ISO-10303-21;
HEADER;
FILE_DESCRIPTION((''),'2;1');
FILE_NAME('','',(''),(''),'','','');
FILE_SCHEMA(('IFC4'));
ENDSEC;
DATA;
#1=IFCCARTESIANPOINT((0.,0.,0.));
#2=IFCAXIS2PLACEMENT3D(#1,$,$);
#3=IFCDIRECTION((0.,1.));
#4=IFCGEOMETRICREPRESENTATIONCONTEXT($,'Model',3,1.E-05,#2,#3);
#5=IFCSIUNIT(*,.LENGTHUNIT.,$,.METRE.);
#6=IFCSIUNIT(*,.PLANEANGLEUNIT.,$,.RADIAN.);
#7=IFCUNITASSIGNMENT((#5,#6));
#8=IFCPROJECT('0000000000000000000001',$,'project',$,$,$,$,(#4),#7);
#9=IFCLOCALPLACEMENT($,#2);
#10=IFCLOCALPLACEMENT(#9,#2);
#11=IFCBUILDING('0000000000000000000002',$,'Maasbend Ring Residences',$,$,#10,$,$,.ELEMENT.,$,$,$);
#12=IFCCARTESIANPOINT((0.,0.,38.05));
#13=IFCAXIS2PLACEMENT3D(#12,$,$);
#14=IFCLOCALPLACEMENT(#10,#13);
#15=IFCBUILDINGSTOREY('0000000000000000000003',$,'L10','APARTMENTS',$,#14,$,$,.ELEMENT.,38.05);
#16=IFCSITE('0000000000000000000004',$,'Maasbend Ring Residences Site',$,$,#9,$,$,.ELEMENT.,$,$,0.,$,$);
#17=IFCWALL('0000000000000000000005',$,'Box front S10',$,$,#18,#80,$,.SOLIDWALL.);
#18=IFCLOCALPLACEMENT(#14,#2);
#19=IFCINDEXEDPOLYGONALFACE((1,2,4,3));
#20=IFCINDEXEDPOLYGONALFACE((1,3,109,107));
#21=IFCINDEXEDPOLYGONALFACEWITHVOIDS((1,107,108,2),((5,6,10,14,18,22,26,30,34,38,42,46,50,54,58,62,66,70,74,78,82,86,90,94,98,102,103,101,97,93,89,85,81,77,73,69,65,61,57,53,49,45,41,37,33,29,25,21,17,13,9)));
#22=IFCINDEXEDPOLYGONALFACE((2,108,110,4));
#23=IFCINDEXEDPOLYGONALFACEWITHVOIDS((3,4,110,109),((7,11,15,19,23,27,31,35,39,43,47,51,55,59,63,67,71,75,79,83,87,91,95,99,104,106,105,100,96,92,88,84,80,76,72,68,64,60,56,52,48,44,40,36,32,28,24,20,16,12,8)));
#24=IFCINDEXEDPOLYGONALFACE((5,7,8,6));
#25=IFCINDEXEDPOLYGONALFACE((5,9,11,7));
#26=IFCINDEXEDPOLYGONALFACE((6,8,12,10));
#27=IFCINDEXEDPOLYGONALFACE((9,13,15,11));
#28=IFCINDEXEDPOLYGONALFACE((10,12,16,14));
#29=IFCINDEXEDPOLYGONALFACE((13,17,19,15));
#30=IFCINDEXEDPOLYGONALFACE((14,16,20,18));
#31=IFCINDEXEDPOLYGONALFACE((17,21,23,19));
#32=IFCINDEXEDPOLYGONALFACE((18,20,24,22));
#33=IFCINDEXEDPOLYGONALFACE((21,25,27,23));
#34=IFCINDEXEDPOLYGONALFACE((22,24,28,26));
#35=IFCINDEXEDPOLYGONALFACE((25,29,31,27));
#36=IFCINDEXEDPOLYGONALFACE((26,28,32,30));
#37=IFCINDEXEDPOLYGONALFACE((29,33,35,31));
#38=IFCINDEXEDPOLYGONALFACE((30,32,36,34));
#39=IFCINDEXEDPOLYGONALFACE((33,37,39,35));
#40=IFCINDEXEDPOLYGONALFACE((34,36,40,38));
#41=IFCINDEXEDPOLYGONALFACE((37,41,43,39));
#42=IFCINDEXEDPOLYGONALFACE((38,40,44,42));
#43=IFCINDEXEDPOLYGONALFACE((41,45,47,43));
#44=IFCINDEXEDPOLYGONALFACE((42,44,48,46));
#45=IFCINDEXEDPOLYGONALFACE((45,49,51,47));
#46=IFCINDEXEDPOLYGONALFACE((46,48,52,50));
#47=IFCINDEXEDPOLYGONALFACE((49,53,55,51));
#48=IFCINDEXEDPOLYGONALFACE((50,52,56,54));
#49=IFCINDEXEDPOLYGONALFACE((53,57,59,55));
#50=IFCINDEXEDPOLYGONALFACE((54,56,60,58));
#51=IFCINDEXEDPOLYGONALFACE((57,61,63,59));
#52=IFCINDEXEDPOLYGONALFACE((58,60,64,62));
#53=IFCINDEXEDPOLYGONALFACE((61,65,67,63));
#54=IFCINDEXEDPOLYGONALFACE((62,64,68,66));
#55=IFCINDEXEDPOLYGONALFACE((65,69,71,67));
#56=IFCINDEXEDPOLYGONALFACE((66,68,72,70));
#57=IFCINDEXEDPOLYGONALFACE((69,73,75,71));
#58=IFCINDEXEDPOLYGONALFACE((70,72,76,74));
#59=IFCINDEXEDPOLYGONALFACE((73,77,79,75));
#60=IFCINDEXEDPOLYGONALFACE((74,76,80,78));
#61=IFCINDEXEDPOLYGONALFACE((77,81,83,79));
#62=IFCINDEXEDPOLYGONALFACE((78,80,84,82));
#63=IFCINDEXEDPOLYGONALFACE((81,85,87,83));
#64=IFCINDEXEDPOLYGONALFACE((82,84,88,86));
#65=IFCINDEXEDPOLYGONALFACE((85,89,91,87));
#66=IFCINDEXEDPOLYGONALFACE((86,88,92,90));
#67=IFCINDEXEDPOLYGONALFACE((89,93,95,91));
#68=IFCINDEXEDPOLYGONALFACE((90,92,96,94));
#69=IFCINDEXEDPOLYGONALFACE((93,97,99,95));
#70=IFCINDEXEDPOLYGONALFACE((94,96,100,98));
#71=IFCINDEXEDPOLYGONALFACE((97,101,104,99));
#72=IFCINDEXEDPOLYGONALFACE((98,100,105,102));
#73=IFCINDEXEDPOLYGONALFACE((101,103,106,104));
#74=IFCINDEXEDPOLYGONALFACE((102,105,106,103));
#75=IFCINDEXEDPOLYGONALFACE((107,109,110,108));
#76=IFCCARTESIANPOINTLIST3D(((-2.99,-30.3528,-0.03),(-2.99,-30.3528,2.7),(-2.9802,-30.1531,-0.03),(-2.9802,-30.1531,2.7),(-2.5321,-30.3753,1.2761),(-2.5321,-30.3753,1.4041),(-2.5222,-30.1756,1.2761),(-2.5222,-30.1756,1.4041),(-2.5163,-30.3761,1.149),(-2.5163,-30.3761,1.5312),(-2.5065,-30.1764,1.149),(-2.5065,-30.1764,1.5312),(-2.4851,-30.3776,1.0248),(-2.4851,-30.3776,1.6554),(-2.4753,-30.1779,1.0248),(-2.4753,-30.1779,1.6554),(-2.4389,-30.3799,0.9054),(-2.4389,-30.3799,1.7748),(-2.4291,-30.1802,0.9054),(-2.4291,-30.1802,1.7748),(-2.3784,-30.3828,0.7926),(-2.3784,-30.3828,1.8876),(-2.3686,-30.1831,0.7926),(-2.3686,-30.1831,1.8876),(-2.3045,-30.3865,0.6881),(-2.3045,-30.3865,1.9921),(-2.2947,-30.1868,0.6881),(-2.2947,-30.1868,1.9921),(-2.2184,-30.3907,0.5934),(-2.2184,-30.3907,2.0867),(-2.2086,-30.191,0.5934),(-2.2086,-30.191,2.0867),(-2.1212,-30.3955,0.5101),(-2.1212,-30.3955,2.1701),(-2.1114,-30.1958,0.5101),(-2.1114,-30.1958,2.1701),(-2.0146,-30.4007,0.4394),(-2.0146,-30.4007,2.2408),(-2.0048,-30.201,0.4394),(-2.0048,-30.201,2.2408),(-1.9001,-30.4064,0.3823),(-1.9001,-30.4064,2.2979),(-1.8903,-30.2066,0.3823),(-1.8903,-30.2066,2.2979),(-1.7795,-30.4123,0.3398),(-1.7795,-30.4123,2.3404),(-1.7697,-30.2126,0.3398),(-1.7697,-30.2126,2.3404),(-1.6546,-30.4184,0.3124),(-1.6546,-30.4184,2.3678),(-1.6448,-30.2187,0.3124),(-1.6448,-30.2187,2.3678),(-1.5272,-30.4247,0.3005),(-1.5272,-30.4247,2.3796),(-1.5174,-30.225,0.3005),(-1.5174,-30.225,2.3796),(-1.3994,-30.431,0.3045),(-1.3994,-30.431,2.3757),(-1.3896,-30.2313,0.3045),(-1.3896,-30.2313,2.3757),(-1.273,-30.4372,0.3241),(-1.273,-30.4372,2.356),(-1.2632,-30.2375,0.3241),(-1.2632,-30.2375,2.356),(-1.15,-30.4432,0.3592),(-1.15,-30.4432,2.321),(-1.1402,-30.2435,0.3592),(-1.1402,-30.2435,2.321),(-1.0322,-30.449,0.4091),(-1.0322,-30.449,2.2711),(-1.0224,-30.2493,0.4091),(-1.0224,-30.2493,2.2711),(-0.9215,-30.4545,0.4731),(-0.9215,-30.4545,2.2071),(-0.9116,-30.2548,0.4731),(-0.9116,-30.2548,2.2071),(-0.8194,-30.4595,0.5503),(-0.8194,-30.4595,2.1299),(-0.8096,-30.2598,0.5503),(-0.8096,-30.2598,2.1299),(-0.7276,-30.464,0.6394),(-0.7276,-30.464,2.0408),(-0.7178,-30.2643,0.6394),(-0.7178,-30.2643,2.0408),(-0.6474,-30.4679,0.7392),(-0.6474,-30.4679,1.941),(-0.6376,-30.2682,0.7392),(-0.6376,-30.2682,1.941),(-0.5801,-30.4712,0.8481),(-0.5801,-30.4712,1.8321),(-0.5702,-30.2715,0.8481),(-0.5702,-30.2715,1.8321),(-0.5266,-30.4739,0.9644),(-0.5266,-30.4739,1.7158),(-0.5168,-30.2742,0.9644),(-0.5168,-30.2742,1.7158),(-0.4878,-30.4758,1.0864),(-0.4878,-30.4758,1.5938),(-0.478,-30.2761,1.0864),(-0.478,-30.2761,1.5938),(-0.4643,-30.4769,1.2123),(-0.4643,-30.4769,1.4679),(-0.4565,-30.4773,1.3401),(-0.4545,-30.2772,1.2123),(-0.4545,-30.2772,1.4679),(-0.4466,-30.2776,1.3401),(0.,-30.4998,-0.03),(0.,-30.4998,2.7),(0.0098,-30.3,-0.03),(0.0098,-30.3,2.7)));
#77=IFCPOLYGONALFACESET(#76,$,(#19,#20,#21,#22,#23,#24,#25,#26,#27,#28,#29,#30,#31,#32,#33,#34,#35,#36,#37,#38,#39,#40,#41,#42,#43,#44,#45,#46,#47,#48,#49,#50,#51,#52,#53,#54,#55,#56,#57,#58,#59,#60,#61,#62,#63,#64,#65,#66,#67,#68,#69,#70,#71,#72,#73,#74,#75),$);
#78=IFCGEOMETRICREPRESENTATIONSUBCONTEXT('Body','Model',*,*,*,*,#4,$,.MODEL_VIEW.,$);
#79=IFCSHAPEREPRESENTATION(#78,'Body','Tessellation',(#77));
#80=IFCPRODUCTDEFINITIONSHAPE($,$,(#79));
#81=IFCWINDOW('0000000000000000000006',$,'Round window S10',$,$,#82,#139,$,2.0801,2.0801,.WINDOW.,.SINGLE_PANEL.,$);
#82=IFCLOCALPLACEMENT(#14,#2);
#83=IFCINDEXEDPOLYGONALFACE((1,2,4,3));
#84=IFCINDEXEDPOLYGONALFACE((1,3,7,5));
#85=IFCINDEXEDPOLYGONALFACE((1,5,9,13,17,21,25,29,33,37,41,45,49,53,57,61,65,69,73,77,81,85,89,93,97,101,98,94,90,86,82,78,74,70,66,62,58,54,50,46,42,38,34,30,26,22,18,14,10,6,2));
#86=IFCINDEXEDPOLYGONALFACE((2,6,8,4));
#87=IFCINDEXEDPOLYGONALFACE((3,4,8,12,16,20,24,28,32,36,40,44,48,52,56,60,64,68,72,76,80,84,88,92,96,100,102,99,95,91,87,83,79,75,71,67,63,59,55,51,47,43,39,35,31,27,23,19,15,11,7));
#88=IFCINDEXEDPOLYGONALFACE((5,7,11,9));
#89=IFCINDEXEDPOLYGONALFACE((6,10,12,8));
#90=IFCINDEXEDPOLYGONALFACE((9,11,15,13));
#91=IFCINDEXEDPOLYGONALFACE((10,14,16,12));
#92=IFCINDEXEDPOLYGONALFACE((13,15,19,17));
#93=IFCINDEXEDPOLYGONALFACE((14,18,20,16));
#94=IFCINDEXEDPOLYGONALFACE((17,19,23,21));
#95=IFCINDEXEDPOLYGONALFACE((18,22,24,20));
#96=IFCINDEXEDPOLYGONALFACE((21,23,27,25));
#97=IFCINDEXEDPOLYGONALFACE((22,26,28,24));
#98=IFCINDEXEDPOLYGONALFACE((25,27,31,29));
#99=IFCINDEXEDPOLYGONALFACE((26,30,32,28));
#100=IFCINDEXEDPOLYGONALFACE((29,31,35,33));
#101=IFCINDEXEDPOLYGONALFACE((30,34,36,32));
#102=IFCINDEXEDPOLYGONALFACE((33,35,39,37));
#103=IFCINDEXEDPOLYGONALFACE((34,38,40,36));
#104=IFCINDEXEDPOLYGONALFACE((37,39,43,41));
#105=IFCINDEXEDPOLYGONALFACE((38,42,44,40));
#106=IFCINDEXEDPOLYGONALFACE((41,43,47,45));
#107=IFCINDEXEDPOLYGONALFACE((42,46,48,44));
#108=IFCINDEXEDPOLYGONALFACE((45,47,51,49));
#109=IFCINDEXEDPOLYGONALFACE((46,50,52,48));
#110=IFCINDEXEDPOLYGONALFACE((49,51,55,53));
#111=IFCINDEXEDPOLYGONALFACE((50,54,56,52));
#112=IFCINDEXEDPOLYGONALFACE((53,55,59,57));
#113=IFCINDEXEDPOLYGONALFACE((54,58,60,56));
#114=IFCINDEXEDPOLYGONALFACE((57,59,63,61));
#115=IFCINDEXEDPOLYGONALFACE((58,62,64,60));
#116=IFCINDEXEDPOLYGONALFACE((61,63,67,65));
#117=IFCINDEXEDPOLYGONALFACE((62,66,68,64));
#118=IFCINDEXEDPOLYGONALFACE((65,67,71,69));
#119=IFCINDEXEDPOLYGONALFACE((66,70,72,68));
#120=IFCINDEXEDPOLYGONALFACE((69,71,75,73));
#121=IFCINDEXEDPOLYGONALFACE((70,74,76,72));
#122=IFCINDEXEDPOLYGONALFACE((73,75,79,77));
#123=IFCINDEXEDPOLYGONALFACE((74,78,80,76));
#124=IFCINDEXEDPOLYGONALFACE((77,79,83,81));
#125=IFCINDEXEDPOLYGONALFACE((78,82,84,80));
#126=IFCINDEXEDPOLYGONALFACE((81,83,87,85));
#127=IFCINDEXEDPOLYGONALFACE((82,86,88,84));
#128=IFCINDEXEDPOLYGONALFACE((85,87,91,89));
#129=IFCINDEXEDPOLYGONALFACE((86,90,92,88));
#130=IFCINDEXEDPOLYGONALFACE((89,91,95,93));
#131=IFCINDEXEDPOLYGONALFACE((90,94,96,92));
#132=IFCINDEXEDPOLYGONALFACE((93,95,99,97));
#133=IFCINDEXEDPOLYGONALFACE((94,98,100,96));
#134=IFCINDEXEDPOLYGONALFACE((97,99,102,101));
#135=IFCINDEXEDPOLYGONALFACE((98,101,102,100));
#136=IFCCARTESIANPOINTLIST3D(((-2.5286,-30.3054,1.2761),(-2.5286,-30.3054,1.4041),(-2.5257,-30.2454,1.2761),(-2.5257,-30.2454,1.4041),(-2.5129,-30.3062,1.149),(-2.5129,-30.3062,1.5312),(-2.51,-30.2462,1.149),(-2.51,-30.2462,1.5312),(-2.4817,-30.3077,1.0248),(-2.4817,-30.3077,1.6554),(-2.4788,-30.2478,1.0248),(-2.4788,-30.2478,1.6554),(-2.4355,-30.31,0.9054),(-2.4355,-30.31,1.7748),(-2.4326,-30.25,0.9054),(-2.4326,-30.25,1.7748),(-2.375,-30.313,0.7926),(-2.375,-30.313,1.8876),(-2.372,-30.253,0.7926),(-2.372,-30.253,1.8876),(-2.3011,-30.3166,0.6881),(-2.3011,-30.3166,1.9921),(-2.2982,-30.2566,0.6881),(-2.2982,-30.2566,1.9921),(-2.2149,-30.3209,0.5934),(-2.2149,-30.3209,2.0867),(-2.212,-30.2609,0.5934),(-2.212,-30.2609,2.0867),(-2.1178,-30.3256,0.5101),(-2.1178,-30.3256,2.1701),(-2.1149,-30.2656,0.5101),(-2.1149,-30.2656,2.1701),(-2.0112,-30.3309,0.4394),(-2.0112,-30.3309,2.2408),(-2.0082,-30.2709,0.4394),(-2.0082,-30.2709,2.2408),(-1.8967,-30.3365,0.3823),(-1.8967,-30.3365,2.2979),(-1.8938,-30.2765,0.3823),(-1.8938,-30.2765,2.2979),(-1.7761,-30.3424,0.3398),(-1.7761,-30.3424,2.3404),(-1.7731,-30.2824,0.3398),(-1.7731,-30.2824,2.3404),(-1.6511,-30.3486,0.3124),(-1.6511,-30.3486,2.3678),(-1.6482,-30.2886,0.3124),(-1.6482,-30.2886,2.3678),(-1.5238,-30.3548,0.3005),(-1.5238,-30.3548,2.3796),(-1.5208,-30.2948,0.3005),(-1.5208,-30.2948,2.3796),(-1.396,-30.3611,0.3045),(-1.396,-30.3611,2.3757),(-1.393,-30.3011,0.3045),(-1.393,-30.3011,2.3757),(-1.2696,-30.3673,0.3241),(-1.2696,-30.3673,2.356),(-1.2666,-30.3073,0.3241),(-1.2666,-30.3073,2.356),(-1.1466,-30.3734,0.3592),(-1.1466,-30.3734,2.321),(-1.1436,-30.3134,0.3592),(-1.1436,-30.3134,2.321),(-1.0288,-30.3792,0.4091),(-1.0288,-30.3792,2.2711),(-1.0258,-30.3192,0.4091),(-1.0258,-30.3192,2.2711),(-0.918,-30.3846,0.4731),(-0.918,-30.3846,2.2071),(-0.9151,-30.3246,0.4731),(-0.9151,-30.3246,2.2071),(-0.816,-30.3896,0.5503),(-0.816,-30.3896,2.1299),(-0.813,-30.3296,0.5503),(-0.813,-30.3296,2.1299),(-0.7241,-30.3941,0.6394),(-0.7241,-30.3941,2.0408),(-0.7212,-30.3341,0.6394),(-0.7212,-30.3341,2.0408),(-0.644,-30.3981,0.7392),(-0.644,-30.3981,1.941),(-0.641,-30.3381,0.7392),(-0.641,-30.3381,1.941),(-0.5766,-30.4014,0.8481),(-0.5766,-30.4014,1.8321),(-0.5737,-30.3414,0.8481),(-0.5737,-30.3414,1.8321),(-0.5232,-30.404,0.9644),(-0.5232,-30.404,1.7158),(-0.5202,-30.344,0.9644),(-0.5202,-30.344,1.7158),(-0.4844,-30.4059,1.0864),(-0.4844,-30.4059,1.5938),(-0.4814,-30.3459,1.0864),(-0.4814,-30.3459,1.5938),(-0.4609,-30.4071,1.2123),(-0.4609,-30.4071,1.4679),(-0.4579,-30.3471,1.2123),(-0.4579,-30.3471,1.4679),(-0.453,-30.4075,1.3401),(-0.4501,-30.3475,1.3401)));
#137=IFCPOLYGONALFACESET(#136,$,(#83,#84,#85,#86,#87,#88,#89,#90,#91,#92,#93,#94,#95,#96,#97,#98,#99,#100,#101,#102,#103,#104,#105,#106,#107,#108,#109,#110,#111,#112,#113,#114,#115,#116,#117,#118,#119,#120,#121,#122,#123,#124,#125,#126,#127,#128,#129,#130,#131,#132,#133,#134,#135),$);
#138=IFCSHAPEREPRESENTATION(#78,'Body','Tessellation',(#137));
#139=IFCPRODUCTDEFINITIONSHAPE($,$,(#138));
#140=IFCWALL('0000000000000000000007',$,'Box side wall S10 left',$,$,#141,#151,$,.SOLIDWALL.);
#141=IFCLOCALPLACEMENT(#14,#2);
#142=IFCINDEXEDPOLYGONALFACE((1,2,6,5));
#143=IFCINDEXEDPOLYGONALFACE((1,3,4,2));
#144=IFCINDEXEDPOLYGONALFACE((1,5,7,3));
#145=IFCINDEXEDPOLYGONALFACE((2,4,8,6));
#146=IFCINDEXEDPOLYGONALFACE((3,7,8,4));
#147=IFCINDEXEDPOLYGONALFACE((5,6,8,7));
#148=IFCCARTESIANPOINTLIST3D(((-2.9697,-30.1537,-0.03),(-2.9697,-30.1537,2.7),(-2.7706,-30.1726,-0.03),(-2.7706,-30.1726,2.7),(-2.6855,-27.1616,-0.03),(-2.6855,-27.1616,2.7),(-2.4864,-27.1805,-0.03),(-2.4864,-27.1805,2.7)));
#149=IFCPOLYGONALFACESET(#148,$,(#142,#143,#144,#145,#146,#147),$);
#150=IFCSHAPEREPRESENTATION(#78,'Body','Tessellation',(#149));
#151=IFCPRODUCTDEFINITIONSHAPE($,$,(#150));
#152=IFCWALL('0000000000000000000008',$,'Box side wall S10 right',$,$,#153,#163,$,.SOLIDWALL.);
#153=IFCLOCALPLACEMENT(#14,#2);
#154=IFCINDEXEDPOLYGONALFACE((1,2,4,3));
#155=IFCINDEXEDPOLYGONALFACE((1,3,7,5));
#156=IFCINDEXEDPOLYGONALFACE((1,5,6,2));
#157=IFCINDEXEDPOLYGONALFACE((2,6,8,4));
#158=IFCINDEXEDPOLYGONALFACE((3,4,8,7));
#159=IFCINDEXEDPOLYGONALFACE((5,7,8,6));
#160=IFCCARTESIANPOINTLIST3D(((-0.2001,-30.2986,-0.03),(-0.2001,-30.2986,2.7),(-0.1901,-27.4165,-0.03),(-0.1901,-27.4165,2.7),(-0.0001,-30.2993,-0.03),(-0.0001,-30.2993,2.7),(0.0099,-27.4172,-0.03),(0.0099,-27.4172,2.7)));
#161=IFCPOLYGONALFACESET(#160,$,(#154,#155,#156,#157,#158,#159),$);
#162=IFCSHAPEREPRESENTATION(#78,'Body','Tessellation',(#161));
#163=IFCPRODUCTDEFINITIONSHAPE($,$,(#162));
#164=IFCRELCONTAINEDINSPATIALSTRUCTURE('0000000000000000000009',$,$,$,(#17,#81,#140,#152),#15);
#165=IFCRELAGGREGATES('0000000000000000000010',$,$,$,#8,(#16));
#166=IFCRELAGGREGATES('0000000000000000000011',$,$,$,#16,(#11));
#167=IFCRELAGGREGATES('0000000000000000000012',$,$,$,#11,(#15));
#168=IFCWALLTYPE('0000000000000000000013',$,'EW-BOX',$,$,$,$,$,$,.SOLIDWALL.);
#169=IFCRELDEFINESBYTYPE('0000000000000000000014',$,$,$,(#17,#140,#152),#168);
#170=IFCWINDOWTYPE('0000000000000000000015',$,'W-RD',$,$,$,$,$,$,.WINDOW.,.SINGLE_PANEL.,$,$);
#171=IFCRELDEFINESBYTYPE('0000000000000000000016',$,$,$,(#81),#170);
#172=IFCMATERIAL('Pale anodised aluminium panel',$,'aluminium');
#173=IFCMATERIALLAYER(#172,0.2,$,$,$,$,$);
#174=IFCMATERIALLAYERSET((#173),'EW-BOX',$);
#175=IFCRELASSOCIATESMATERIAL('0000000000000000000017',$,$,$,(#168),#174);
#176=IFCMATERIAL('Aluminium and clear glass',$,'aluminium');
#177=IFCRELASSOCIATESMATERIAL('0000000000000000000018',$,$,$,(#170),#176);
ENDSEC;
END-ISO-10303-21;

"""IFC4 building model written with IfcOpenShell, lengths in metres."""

from ifc_helpers import new_model, si_unit, direction, frame, frame_2d, origin, place, context, subcontext, project, spatial, rectangle, circle, extrude, material, layer, layer_set, type_object, element, fill, save


model = new_model("IFC4")

# Units and contexts
model_context = context("Model", 3, precision=1e-05, world=origin(), true_north=direction((0.0, 1.0)))
body_context = subcontext(model_context, "Body", "Model", "MODEL_VIEW")
ifc_project = project(units=[si_unit("LENGTHUNIT", "METRE"), si_unit("PLANEANGLEUNIT", "RADIAN")], contexts=[model_context])

# Site, building, storey
site_placement = place(None, origin())
site = spatial("IfcSite", under=ifc_project, at=site_placement, Name="Maasbend Ring Residences Site", CompositionType="ELEMENT", RefElevation=0.0)
building_placement = place(site_placement, origin())
building = spatial("IfcBuilding", under=site, at=building_placement, Name="Maasbend Ring Residences", CompositionType="ELEMENT")
storey_placement = place(building_placement, frame((0.0, 0.0, 38.05)))
storey = spatial("IfcBuildingStorey", under=building, at=storey_placement, Name="L10", Description="APARTMENTS", CompositionType="ELEMENT", Elevation=38.05)

# Shared definitions
ifc_material_1 = material(Name="Pale anodised aluminium panel", Category="aluminium")
ifc_layer_1 = layer(ifc_material_1, 0.2)
ifc_layer_set_1 = layer_set([ifc_layer_1], Name="EW-BOX")
wall_type_1 = type_object("IfcWallType", Name="EW-BOX", PredefinedType="SOLIDWALL", material=ifc_layer_set_1)

# Wall, opening, window
wall_1_placement = place(storey_placement, frame((-2.9851, -30.2529, -0.03), z_axis=(0.0, 0.0, 1.0), x_axis=(0.998794, -0.049096, 0.0)))
wall_1 = element("IfcWall", 1, at=wall_1_placement, inside=storey, type_object=wall_type_1, Name="Box front S10", PredefinedType="SOLIDWALL", context=body_context, shape_type="SweptSolid", body=[
    extrude(rectangle(XDim=2.9937, YDim=0.2, at=frame_2d((1.4968, 0.0))), origin(), (0.0, 0.0, 1.0), 2.73),
])
opening_1_placement = place(wall_1_placement, frame((0.4565, 0.0, 0.3301)))
opening_1 = element("IfcOpeningElement", 2, at=opening_1_placement, cuts=wall_1, PredefinedType="OPENING", context=body_context, shape_type="SweptSolid", body=[
    extrude(circle(Radius=1.04, at=frame_2d((1.04, 1.04))), frame((0.0, 0.1099, 0.0), z_axis=(0.0, -1.0, 0.0), x_axis=(1.0, 0.0, 0.0)), (0.0, 0.0, 1.0), 0.22),
])
ifc_material_2 = material(Name="Aluminium and clear glass", Category="aluminium")
window_type_1 = type_object("IfcWindowType", Name="W-RD", PartitioningType="SINGLE_PANEL", PredefinedType="WINDOW", material=ifc_material_2)
window_1_placement = place(opening_1_placement, origin())
window_1 = element("IfcWindow", 3, at=window_1_placement, inside=storey, type_object=window_type_1, Name="Round window S10", OverallHeight=2.0801, OverallWidth=2.0801, PartitioningType="SINGLE_PANEL", PredefinedType="WINDOW", context=body_context, shape_type="SweptSolid", body=[
    extrude(circle(Radius=1.04, at=frame_2d((1.04, 1.04))), frame((0.0, 0.03, 0.0), z_axis=(0.0, -1.0, 0.0), x_axis=(1.0, 0.0, 0.0)), (0.0, 0.0, 1.0), 0.0601),
])
fill(opening_1, window_1)

# Walls
wall_2_placement = place(storey_placement, frame((-2.5859, -27.1709, -0.03), z_axis=(0.0, 0.0, 1.0), x_axis=(-0.094548, -0.99552, 0.0)))
element("IfcWall", 4, at=wall_2_placement, inside=storey, type_object=wall_type_1, Name="Box side wall S10 left", PredefinedType="SOLIDWALL", context=body_context, shape_type="SweptSolid", body=[
    extrude(rectangle(XDim=3.0056, YDim=0.2, at=frame_2d((1.5029, 0.0))), origin(), (0.0, 0.0, 1.0), 2.73),
])
wall_3_placement = place(storey_placement, frame((-0.0901, -27.417, -0.03), z_axis=(0.0, 0.0, 1.0), x_axis=(-0.003473, -0.999994, 0.0)))
element("IfcWall", 5, at=wall_3_placement, inside=storey, type_object=wall_type_1, Name="Box side wall S10 right", PredefinedType="SOLIDWALL", context=body_context, shape_type="SweptSolid", body=[
    extrude(rectangle(XDim=2.8821, YDim=0.2, at=frame_2d((1.4409, 0.0))), origin(), (0.0, 0.0, 1.0), 2.73),
])

save(model, "model.ifc")
